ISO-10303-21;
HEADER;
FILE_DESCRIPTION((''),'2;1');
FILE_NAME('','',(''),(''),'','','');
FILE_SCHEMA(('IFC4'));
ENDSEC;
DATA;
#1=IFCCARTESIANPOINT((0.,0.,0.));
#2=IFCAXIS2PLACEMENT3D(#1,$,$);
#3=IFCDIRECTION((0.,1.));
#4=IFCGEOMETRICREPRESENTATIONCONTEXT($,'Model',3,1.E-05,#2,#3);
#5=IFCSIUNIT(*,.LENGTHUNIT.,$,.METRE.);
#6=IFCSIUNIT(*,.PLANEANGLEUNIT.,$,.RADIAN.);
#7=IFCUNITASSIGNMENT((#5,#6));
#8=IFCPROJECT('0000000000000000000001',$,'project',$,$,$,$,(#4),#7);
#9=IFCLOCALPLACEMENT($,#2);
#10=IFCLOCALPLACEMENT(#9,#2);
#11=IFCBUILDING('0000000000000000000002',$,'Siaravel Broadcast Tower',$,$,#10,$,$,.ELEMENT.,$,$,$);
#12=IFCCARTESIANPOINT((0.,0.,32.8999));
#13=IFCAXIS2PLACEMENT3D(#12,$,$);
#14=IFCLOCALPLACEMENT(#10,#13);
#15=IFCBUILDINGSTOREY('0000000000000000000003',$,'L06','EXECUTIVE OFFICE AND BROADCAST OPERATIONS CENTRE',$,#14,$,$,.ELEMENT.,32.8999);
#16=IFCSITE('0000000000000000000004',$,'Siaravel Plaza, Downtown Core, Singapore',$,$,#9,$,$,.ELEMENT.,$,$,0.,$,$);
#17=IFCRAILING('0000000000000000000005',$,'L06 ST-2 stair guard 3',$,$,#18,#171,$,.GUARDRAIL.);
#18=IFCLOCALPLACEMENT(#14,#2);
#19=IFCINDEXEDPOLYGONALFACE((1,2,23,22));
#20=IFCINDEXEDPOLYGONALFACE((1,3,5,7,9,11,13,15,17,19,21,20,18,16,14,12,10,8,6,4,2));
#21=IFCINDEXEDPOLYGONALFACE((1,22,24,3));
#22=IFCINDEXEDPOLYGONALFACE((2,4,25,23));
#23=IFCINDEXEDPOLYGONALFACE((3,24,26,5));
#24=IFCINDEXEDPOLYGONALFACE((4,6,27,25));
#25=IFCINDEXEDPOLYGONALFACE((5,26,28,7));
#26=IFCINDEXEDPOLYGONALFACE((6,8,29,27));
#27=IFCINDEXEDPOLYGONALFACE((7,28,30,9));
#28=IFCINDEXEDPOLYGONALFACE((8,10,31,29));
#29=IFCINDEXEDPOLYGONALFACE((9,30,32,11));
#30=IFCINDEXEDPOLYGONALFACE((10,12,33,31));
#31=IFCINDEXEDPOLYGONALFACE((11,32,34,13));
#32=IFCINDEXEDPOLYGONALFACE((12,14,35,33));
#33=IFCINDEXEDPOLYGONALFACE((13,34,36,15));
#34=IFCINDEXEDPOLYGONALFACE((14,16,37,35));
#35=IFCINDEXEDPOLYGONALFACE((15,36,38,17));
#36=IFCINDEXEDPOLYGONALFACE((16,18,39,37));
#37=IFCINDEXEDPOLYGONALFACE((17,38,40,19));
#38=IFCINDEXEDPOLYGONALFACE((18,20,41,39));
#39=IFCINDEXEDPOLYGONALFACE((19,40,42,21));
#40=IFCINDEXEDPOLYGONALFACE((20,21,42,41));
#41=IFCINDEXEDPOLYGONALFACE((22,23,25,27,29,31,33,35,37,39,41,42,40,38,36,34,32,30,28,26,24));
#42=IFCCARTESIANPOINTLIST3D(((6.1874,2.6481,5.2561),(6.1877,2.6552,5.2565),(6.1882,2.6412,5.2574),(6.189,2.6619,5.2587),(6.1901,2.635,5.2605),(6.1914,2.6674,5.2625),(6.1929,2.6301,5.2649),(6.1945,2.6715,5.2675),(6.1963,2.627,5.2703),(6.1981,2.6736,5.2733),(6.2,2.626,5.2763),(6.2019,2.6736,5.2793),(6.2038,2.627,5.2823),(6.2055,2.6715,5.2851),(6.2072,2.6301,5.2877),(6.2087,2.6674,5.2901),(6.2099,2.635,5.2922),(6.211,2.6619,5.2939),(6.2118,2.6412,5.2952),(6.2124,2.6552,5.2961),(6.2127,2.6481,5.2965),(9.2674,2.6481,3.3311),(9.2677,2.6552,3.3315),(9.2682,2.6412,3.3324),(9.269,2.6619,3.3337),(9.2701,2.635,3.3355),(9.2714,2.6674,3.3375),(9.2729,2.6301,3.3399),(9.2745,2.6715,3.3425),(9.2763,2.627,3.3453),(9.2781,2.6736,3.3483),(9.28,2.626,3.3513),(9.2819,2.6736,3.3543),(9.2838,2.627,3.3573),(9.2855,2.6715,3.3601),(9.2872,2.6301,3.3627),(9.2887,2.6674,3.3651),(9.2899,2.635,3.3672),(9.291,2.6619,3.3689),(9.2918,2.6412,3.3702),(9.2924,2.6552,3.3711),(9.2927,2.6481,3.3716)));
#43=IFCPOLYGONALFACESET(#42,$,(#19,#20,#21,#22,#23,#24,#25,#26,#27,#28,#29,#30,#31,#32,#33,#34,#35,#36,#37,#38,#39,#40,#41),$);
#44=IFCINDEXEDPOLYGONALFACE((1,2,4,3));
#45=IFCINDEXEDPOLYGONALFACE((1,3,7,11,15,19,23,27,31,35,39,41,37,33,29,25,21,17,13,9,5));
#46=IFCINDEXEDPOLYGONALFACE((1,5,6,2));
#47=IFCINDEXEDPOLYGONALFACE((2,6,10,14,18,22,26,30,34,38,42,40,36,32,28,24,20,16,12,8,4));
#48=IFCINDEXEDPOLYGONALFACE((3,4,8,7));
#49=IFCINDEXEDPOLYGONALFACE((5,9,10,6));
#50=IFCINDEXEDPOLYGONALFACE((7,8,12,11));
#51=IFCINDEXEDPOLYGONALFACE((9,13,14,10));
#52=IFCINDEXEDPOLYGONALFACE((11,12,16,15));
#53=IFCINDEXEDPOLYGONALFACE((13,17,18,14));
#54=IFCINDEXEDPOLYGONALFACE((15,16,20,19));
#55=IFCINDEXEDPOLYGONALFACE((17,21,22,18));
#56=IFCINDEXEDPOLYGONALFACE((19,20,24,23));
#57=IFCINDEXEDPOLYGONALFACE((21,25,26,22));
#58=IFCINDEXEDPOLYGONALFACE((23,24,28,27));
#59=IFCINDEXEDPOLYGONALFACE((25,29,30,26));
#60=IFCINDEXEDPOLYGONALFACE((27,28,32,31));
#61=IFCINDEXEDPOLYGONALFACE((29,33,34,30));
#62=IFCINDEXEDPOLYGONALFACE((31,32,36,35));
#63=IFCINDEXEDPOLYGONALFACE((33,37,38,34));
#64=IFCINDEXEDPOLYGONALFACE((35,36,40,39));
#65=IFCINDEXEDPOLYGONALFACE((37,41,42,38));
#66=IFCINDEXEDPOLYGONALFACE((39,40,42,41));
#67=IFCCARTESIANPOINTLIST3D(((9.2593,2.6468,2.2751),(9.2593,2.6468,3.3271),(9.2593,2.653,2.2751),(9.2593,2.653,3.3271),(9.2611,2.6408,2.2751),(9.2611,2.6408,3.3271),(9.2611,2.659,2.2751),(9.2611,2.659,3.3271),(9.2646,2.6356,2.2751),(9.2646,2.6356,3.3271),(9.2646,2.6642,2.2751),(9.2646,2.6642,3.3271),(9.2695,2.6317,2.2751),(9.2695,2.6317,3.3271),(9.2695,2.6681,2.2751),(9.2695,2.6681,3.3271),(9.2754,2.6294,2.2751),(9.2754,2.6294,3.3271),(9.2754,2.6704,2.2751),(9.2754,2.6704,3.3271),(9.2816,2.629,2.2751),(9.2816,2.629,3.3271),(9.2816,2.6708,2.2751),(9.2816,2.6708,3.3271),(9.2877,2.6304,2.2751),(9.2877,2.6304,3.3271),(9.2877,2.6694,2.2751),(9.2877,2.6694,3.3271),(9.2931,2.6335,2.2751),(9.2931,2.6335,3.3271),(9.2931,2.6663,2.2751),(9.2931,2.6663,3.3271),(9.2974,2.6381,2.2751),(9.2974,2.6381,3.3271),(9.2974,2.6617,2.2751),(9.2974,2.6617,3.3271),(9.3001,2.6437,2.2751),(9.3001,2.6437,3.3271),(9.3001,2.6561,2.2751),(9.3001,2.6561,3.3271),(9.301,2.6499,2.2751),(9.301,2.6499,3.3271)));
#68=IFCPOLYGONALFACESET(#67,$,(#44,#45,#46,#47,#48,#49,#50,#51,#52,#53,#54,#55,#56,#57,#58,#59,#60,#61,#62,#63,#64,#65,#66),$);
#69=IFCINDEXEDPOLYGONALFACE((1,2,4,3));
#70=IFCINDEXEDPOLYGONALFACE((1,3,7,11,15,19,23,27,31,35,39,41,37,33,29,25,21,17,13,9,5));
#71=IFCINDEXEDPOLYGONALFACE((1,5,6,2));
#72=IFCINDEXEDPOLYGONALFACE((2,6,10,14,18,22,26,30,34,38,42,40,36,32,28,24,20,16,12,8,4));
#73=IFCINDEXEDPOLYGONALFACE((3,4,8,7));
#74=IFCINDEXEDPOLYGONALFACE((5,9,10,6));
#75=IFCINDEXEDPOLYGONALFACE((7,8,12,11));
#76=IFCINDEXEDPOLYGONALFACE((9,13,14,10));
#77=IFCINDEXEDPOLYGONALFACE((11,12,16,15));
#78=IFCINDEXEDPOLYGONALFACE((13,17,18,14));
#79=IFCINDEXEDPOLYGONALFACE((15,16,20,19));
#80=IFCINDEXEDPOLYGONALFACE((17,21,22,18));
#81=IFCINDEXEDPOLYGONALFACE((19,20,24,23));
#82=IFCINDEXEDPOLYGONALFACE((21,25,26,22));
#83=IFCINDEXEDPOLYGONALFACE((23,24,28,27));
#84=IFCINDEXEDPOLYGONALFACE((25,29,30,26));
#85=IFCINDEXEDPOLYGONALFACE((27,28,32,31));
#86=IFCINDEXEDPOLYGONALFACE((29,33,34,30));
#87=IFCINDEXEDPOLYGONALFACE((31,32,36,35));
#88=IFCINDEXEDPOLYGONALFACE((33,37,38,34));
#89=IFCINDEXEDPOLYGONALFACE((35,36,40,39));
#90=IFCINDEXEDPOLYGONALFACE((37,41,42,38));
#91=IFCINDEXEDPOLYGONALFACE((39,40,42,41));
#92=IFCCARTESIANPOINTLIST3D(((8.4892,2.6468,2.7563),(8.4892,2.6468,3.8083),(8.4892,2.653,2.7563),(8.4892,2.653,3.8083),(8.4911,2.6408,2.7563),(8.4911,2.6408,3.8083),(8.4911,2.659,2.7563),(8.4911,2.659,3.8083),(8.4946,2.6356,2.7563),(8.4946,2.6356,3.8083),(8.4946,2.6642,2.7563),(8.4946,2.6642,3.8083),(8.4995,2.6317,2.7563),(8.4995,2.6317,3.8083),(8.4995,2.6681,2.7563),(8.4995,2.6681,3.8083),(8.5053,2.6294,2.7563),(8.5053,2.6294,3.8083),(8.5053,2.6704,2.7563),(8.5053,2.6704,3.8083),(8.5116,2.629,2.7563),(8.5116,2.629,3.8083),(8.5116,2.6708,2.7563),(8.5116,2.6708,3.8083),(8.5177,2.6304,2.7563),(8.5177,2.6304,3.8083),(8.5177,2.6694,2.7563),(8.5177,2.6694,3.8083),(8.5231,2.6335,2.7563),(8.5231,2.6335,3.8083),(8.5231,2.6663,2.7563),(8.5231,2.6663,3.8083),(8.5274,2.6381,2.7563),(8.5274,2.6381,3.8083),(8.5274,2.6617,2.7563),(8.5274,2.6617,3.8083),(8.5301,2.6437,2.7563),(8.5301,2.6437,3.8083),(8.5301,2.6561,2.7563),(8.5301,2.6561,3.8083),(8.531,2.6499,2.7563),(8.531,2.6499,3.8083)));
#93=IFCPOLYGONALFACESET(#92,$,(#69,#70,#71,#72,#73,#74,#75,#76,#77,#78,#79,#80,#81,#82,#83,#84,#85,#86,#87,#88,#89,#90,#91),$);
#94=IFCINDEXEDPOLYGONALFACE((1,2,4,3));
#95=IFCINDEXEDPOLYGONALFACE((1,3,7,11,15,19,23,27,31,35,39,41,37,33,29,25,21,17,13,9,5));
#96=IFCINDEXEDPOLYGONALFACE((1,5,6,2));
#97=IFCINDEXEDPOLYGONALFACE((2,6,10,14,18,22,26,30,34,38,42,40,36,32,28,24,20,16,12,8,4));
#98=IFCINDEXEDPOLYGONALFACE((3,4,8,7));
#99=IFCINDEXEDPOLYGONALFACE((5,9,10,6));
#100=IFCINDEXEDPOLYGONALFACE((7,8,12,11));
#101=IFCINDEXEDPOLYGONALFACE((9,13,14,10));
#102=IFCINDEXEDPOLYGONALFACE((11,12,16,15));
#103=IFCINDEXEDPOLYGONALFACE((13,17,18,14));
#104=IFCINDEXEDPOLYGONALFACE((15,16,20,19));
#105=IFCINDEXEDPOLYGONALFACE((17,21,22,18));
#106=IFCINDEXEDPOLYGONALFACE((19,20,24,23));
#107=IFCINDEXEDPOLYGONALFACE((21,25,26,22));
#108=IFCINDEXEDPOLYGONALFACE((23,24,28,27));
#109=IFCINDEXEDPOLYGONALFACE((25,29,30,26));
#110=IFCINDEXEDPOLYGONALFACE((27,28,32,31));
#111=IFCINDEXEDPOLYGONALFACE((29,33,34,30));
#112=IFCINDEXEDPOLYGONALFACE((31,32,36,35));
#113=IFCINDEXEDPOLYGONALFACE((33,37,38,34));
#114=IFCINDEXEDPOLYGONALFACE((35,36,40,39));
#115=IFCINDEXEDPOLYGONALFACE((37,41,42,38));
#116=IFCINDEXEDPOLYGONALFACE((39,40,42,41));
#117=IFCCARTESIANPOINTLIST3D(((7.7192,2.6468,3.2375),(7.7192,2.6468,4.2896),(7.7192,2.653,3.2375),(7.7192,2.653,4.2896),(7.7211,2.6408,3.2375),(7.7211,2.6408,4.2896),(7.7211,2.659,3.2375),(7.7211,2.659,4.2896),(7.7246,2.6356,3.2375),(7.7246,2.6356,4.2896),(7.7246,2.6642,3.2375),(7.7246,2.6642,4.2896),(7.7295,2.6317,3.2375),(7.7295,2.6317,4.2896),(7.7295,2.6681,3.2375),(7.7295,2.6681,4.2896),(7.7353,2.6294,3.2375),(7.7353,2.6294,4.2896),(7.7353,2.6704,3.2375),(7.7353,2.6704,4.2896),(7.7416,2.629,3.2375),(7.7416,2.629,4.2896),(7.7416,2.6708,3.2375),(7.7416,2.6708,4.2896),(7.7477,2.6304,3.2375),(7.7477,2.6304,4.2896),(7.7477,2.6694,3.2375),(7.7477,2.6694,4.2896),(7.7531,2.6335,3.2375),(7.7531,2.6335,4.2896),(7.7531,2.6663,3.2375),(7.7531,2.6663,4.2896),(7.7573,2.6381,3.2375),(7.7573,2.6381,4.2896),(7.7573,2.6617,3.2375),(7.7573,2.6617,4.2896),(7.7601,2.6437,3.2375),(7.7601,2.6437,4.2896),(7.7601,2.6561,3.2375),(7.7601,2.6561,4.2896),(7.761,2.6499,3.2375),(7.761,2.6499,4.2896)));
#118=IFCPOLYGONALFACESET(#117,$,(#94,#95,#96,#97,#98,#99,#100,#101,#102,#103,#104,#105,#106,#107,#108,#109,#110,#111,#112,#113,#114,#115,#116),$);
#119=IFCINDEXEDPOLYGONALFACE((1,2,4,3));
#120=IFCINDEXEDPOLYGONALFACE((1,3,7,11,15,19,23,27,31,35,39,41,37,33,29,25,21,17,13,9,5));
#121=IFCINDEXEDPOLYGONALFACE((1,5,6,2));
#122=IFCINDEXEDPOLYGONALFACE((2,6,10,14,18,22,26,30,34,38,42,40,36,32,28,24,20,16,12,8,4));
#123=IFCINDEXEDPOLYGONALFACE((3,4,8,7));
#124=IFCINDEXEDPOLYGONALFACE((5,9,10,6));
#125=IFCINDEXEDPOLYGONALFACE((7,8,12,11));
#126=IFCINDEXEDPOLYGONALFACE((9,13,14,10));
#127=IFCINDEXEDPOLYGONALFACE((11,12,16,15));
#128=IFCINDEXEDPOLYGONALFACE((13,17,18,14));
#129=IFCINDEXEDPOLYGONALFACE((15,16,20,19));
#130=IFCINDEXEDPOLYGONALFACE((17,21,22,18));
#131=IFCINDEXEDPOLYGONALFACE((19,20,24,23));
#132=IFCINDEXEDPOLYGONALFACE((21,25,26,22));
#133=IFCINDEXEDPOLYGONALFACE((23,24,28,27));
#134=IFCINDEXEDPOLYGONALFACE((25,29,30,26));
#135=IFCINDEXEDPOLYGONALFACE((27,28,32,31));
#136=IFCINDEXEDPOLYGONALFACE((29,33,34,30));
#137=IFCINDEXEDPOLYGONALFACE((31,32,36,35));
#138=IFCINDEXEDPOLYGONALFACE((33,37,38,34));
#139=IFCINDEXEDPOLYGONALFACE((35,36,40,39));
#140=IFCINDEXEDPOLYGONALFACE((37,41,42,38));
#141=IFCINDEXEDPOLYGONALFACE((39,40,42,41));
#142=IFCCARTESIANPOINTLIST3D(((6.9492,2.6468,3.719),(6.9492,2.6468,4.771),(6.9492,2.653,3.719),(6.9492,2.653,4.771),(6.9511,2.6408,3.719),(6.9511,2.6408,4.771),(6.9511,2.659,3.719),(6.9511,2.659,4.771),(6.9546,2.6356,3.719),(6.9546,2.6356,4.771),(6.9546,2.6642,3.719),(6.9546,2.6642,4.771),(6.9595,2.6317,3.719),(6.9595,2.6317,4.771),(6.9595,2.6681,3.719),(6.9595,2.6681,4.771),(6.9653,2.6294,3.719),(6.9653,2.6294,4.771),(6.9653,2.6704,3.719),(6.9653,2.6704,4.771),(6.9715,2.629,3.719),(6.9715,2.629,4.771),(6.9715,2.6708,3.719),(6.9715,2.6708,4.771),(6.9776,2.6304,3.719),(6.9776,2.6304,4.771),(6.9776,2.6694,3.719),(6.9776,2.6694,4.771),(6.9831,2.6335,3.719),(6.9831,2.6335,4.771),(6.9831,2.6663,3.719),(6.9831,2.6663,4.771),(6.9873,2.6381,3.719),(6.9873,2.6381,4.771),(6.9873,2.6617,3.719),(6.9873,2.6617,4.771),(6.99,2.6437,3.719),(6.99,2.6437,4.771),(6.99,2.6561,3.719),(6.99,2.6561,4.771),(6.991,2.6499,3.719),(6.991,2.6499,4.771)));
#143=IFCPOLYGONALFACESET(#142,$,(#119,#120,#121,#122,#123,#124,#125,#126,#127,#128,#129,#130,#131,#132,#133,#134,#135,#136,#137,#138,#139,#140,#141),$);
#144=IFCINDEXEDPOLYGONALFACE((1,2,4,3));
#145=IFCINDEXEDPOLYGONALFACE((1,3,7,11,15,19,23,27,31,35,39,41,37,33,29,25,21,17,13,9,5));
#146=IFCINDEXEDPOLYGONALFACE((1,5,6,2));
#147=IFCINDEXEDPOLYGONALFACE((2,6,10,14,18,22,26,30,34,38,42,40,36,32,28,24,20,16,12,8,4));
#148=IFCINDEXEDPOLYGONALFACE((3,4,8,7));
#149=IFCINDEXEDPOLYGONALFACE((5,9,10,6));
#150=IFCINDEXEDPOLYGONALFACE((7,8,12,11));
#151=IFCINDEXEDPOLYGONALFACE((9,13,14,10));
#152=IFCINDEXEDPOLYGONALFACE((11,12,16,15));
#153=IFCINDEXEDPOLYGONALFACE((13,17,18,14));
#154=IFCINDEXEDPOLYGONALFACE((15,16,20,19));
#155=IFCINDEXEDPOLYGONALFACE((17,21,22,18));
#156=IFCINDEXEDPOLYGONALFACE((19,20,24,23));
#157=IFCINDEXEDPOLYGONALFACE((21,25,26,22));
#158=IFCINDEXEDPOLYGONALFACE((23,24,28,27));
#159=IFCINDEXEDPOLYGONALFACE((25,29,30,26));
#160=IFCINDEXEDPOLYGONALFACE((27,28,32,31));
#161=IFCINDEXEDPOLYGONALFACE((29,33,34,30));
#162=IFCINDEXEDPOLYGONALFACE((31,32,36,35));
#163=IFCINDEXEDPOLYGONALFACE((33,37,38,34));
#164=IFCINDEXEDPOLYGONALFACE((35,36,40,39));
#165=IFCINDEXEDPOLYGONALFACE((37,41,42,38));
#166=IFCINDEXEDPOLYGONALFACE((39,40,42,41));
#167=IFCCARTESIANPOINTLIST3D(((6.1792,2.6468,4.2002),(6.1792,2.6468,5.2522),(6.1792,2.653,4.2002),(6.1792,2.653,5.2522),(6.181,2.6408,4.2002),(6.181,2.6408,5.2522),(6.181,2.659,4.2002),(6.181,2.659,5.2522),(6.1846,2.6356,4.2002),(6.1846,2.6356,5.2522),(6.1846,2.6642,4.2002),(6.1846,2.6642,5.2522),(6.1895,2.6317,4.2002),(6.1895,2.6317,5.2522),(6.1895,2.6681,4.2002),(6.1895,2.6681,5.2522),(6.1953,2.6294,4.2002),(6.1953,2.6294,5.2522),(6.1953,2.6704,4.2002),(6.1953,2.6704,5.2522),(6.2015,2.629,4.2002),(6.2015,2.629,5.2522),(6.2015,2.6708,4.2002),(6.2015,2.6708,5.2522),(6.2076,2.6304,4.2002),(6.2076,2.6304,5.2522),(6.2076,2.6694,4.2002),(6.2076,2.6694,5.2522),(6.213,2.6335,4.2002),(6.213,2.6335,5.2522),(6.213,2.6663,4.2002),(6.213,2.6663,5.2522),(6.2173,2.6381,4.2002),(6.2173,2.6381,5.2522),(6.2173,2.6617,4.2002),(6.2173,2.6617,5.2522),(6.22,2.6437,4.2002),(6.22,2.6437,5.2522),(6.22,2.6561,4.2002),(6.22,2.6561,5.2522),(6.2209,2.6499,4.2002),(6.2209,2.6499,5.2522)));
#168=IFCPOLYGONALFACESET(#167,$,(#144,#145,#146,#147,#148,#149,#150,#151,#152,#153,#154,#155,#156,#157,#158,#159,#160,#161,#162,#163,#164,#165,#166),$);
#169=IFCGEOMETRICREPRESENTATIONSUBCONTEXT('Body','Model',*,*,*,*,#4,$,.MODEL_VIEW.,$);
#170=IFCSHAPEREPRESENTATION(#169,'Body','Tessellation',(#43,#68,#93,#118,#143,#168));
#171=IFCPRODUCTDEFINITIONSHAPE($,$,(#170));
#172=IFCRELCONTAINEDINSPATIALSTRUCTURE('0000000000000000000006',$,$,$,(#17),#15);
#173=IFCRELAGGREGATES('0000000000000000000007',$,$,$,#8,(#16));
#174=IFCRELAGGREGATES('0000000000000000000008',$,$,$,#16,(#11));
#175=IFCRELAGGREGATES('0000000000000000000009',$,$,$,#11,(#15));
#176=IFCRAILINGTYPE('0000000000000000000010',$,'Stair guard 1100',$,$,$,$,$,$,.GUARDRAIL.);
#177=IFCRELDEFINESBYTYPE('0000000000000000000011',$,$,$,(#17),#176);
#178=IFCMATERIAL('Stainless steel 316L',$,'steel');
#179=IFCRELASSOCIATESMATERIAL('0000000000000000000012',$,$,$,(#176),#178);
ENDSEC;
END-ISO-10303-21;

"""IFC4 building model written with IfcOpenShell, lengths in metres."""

from ifc_helpers import new_model, si_unit, direction, frame, origin, origin_2d, place, context, subcontext, project, spatial, circle, extrude, material, type_object, element, save


model = new_model("IFC4")

# Units and contexts
model_context = context("Model", 3, precision=1e-05, world=origin(), true_north=direction((0.0, 1.0)))
body_context = subcontext(model_context, "Body", "Model", "MODEL_VIEW")
ifc_project = project(units=[si_unit("LENGTHUNIT", "METRE"), si_unit("PLANEANGLEUNIT", "RADIAN")], contexts=[model_context])

# Site, building, storey
site_placement = place(None, origin())
site = spatial("IfcSite", under=ifc_project, at=site_placement, Name="Siaravel Plaza, Downtown Core, Singapore", CompositionType="ELEMENT", RefElevation=0.0)
building_placement = place(site_placement, origin())
building = spatial("IfcBuilding", under=site, at=building_placement, Name="Siaravel Broadcast Tower", CompositionType="ELEMENT")
storey_placement = place(building_placement, frame((0.0, 0.0, 32.8999)))
storey = spatial("IfcBuildingStorey", under=building, at=storey_placement, Name="L06", Description="EXECUTIVE OFFICE AND BROADCAST OPERATIONS CENTRE", CompositionType="ELEMENT", Elevation=32.8999)

# Railing
ifc_material_1 = material(Name="Stainless steel 316L", Category="steel")
railing_type_1 = type_object("IfcRailingType", Name="Stair guard 1100", PredefinedType="GUARDRAIL", material=ifc_material_1)
railing_1_placement = place(storey_placement, frame((9.28, 2.6499, 2.2751)))
element("IfcRailing", 1, at=railing_1_placement, inside=storey, type_object=railing_type_1, Name="L06 ST-2 stair guard 3", PredefinedType="GUARDRAIL", context=body_context, shape_type="SweptSolid", body=[
    extrude(circle(Radius=0.0239, at=origin_2d()), frame((0.0, 0.0, 1.0762), z_axis=(-0.847998, 0.0, 0.529999), x_axis=(0.0, -1.0, 0.0)), (0.0, 0.0, 1.0), 3.6321),
    extrude(circle(Radius=0.021, at=origin_2d()), origin(), (0.0, 0.0, 1.0), 1.052),
    extrude(circle(Radius=0.021, at=origin_2d()), frame((-0.77, 0.0, 0.4812)), (0.0, 0.0, 1.0), 1.052),
    extrude(circle(Radius=0.021, at=origin_2d()), frame((-1.54, 0.0, 0.9624)), (0.0, 0.0, 1.0), 1.052),
    extrude(circle(Radius=0.021, at=origin_2d()), frame((-2.3101, 0.0, 1.4438)), (0.0, 0.0, 1.0), 1.052),
    extrude(circle(Radius=0.021, at=origin_2d()), frame((-3.0801, 0.0, 1.925)), (0.0, 0.0, 1.0), 1.052),
])

save(model, "model.ifc")
